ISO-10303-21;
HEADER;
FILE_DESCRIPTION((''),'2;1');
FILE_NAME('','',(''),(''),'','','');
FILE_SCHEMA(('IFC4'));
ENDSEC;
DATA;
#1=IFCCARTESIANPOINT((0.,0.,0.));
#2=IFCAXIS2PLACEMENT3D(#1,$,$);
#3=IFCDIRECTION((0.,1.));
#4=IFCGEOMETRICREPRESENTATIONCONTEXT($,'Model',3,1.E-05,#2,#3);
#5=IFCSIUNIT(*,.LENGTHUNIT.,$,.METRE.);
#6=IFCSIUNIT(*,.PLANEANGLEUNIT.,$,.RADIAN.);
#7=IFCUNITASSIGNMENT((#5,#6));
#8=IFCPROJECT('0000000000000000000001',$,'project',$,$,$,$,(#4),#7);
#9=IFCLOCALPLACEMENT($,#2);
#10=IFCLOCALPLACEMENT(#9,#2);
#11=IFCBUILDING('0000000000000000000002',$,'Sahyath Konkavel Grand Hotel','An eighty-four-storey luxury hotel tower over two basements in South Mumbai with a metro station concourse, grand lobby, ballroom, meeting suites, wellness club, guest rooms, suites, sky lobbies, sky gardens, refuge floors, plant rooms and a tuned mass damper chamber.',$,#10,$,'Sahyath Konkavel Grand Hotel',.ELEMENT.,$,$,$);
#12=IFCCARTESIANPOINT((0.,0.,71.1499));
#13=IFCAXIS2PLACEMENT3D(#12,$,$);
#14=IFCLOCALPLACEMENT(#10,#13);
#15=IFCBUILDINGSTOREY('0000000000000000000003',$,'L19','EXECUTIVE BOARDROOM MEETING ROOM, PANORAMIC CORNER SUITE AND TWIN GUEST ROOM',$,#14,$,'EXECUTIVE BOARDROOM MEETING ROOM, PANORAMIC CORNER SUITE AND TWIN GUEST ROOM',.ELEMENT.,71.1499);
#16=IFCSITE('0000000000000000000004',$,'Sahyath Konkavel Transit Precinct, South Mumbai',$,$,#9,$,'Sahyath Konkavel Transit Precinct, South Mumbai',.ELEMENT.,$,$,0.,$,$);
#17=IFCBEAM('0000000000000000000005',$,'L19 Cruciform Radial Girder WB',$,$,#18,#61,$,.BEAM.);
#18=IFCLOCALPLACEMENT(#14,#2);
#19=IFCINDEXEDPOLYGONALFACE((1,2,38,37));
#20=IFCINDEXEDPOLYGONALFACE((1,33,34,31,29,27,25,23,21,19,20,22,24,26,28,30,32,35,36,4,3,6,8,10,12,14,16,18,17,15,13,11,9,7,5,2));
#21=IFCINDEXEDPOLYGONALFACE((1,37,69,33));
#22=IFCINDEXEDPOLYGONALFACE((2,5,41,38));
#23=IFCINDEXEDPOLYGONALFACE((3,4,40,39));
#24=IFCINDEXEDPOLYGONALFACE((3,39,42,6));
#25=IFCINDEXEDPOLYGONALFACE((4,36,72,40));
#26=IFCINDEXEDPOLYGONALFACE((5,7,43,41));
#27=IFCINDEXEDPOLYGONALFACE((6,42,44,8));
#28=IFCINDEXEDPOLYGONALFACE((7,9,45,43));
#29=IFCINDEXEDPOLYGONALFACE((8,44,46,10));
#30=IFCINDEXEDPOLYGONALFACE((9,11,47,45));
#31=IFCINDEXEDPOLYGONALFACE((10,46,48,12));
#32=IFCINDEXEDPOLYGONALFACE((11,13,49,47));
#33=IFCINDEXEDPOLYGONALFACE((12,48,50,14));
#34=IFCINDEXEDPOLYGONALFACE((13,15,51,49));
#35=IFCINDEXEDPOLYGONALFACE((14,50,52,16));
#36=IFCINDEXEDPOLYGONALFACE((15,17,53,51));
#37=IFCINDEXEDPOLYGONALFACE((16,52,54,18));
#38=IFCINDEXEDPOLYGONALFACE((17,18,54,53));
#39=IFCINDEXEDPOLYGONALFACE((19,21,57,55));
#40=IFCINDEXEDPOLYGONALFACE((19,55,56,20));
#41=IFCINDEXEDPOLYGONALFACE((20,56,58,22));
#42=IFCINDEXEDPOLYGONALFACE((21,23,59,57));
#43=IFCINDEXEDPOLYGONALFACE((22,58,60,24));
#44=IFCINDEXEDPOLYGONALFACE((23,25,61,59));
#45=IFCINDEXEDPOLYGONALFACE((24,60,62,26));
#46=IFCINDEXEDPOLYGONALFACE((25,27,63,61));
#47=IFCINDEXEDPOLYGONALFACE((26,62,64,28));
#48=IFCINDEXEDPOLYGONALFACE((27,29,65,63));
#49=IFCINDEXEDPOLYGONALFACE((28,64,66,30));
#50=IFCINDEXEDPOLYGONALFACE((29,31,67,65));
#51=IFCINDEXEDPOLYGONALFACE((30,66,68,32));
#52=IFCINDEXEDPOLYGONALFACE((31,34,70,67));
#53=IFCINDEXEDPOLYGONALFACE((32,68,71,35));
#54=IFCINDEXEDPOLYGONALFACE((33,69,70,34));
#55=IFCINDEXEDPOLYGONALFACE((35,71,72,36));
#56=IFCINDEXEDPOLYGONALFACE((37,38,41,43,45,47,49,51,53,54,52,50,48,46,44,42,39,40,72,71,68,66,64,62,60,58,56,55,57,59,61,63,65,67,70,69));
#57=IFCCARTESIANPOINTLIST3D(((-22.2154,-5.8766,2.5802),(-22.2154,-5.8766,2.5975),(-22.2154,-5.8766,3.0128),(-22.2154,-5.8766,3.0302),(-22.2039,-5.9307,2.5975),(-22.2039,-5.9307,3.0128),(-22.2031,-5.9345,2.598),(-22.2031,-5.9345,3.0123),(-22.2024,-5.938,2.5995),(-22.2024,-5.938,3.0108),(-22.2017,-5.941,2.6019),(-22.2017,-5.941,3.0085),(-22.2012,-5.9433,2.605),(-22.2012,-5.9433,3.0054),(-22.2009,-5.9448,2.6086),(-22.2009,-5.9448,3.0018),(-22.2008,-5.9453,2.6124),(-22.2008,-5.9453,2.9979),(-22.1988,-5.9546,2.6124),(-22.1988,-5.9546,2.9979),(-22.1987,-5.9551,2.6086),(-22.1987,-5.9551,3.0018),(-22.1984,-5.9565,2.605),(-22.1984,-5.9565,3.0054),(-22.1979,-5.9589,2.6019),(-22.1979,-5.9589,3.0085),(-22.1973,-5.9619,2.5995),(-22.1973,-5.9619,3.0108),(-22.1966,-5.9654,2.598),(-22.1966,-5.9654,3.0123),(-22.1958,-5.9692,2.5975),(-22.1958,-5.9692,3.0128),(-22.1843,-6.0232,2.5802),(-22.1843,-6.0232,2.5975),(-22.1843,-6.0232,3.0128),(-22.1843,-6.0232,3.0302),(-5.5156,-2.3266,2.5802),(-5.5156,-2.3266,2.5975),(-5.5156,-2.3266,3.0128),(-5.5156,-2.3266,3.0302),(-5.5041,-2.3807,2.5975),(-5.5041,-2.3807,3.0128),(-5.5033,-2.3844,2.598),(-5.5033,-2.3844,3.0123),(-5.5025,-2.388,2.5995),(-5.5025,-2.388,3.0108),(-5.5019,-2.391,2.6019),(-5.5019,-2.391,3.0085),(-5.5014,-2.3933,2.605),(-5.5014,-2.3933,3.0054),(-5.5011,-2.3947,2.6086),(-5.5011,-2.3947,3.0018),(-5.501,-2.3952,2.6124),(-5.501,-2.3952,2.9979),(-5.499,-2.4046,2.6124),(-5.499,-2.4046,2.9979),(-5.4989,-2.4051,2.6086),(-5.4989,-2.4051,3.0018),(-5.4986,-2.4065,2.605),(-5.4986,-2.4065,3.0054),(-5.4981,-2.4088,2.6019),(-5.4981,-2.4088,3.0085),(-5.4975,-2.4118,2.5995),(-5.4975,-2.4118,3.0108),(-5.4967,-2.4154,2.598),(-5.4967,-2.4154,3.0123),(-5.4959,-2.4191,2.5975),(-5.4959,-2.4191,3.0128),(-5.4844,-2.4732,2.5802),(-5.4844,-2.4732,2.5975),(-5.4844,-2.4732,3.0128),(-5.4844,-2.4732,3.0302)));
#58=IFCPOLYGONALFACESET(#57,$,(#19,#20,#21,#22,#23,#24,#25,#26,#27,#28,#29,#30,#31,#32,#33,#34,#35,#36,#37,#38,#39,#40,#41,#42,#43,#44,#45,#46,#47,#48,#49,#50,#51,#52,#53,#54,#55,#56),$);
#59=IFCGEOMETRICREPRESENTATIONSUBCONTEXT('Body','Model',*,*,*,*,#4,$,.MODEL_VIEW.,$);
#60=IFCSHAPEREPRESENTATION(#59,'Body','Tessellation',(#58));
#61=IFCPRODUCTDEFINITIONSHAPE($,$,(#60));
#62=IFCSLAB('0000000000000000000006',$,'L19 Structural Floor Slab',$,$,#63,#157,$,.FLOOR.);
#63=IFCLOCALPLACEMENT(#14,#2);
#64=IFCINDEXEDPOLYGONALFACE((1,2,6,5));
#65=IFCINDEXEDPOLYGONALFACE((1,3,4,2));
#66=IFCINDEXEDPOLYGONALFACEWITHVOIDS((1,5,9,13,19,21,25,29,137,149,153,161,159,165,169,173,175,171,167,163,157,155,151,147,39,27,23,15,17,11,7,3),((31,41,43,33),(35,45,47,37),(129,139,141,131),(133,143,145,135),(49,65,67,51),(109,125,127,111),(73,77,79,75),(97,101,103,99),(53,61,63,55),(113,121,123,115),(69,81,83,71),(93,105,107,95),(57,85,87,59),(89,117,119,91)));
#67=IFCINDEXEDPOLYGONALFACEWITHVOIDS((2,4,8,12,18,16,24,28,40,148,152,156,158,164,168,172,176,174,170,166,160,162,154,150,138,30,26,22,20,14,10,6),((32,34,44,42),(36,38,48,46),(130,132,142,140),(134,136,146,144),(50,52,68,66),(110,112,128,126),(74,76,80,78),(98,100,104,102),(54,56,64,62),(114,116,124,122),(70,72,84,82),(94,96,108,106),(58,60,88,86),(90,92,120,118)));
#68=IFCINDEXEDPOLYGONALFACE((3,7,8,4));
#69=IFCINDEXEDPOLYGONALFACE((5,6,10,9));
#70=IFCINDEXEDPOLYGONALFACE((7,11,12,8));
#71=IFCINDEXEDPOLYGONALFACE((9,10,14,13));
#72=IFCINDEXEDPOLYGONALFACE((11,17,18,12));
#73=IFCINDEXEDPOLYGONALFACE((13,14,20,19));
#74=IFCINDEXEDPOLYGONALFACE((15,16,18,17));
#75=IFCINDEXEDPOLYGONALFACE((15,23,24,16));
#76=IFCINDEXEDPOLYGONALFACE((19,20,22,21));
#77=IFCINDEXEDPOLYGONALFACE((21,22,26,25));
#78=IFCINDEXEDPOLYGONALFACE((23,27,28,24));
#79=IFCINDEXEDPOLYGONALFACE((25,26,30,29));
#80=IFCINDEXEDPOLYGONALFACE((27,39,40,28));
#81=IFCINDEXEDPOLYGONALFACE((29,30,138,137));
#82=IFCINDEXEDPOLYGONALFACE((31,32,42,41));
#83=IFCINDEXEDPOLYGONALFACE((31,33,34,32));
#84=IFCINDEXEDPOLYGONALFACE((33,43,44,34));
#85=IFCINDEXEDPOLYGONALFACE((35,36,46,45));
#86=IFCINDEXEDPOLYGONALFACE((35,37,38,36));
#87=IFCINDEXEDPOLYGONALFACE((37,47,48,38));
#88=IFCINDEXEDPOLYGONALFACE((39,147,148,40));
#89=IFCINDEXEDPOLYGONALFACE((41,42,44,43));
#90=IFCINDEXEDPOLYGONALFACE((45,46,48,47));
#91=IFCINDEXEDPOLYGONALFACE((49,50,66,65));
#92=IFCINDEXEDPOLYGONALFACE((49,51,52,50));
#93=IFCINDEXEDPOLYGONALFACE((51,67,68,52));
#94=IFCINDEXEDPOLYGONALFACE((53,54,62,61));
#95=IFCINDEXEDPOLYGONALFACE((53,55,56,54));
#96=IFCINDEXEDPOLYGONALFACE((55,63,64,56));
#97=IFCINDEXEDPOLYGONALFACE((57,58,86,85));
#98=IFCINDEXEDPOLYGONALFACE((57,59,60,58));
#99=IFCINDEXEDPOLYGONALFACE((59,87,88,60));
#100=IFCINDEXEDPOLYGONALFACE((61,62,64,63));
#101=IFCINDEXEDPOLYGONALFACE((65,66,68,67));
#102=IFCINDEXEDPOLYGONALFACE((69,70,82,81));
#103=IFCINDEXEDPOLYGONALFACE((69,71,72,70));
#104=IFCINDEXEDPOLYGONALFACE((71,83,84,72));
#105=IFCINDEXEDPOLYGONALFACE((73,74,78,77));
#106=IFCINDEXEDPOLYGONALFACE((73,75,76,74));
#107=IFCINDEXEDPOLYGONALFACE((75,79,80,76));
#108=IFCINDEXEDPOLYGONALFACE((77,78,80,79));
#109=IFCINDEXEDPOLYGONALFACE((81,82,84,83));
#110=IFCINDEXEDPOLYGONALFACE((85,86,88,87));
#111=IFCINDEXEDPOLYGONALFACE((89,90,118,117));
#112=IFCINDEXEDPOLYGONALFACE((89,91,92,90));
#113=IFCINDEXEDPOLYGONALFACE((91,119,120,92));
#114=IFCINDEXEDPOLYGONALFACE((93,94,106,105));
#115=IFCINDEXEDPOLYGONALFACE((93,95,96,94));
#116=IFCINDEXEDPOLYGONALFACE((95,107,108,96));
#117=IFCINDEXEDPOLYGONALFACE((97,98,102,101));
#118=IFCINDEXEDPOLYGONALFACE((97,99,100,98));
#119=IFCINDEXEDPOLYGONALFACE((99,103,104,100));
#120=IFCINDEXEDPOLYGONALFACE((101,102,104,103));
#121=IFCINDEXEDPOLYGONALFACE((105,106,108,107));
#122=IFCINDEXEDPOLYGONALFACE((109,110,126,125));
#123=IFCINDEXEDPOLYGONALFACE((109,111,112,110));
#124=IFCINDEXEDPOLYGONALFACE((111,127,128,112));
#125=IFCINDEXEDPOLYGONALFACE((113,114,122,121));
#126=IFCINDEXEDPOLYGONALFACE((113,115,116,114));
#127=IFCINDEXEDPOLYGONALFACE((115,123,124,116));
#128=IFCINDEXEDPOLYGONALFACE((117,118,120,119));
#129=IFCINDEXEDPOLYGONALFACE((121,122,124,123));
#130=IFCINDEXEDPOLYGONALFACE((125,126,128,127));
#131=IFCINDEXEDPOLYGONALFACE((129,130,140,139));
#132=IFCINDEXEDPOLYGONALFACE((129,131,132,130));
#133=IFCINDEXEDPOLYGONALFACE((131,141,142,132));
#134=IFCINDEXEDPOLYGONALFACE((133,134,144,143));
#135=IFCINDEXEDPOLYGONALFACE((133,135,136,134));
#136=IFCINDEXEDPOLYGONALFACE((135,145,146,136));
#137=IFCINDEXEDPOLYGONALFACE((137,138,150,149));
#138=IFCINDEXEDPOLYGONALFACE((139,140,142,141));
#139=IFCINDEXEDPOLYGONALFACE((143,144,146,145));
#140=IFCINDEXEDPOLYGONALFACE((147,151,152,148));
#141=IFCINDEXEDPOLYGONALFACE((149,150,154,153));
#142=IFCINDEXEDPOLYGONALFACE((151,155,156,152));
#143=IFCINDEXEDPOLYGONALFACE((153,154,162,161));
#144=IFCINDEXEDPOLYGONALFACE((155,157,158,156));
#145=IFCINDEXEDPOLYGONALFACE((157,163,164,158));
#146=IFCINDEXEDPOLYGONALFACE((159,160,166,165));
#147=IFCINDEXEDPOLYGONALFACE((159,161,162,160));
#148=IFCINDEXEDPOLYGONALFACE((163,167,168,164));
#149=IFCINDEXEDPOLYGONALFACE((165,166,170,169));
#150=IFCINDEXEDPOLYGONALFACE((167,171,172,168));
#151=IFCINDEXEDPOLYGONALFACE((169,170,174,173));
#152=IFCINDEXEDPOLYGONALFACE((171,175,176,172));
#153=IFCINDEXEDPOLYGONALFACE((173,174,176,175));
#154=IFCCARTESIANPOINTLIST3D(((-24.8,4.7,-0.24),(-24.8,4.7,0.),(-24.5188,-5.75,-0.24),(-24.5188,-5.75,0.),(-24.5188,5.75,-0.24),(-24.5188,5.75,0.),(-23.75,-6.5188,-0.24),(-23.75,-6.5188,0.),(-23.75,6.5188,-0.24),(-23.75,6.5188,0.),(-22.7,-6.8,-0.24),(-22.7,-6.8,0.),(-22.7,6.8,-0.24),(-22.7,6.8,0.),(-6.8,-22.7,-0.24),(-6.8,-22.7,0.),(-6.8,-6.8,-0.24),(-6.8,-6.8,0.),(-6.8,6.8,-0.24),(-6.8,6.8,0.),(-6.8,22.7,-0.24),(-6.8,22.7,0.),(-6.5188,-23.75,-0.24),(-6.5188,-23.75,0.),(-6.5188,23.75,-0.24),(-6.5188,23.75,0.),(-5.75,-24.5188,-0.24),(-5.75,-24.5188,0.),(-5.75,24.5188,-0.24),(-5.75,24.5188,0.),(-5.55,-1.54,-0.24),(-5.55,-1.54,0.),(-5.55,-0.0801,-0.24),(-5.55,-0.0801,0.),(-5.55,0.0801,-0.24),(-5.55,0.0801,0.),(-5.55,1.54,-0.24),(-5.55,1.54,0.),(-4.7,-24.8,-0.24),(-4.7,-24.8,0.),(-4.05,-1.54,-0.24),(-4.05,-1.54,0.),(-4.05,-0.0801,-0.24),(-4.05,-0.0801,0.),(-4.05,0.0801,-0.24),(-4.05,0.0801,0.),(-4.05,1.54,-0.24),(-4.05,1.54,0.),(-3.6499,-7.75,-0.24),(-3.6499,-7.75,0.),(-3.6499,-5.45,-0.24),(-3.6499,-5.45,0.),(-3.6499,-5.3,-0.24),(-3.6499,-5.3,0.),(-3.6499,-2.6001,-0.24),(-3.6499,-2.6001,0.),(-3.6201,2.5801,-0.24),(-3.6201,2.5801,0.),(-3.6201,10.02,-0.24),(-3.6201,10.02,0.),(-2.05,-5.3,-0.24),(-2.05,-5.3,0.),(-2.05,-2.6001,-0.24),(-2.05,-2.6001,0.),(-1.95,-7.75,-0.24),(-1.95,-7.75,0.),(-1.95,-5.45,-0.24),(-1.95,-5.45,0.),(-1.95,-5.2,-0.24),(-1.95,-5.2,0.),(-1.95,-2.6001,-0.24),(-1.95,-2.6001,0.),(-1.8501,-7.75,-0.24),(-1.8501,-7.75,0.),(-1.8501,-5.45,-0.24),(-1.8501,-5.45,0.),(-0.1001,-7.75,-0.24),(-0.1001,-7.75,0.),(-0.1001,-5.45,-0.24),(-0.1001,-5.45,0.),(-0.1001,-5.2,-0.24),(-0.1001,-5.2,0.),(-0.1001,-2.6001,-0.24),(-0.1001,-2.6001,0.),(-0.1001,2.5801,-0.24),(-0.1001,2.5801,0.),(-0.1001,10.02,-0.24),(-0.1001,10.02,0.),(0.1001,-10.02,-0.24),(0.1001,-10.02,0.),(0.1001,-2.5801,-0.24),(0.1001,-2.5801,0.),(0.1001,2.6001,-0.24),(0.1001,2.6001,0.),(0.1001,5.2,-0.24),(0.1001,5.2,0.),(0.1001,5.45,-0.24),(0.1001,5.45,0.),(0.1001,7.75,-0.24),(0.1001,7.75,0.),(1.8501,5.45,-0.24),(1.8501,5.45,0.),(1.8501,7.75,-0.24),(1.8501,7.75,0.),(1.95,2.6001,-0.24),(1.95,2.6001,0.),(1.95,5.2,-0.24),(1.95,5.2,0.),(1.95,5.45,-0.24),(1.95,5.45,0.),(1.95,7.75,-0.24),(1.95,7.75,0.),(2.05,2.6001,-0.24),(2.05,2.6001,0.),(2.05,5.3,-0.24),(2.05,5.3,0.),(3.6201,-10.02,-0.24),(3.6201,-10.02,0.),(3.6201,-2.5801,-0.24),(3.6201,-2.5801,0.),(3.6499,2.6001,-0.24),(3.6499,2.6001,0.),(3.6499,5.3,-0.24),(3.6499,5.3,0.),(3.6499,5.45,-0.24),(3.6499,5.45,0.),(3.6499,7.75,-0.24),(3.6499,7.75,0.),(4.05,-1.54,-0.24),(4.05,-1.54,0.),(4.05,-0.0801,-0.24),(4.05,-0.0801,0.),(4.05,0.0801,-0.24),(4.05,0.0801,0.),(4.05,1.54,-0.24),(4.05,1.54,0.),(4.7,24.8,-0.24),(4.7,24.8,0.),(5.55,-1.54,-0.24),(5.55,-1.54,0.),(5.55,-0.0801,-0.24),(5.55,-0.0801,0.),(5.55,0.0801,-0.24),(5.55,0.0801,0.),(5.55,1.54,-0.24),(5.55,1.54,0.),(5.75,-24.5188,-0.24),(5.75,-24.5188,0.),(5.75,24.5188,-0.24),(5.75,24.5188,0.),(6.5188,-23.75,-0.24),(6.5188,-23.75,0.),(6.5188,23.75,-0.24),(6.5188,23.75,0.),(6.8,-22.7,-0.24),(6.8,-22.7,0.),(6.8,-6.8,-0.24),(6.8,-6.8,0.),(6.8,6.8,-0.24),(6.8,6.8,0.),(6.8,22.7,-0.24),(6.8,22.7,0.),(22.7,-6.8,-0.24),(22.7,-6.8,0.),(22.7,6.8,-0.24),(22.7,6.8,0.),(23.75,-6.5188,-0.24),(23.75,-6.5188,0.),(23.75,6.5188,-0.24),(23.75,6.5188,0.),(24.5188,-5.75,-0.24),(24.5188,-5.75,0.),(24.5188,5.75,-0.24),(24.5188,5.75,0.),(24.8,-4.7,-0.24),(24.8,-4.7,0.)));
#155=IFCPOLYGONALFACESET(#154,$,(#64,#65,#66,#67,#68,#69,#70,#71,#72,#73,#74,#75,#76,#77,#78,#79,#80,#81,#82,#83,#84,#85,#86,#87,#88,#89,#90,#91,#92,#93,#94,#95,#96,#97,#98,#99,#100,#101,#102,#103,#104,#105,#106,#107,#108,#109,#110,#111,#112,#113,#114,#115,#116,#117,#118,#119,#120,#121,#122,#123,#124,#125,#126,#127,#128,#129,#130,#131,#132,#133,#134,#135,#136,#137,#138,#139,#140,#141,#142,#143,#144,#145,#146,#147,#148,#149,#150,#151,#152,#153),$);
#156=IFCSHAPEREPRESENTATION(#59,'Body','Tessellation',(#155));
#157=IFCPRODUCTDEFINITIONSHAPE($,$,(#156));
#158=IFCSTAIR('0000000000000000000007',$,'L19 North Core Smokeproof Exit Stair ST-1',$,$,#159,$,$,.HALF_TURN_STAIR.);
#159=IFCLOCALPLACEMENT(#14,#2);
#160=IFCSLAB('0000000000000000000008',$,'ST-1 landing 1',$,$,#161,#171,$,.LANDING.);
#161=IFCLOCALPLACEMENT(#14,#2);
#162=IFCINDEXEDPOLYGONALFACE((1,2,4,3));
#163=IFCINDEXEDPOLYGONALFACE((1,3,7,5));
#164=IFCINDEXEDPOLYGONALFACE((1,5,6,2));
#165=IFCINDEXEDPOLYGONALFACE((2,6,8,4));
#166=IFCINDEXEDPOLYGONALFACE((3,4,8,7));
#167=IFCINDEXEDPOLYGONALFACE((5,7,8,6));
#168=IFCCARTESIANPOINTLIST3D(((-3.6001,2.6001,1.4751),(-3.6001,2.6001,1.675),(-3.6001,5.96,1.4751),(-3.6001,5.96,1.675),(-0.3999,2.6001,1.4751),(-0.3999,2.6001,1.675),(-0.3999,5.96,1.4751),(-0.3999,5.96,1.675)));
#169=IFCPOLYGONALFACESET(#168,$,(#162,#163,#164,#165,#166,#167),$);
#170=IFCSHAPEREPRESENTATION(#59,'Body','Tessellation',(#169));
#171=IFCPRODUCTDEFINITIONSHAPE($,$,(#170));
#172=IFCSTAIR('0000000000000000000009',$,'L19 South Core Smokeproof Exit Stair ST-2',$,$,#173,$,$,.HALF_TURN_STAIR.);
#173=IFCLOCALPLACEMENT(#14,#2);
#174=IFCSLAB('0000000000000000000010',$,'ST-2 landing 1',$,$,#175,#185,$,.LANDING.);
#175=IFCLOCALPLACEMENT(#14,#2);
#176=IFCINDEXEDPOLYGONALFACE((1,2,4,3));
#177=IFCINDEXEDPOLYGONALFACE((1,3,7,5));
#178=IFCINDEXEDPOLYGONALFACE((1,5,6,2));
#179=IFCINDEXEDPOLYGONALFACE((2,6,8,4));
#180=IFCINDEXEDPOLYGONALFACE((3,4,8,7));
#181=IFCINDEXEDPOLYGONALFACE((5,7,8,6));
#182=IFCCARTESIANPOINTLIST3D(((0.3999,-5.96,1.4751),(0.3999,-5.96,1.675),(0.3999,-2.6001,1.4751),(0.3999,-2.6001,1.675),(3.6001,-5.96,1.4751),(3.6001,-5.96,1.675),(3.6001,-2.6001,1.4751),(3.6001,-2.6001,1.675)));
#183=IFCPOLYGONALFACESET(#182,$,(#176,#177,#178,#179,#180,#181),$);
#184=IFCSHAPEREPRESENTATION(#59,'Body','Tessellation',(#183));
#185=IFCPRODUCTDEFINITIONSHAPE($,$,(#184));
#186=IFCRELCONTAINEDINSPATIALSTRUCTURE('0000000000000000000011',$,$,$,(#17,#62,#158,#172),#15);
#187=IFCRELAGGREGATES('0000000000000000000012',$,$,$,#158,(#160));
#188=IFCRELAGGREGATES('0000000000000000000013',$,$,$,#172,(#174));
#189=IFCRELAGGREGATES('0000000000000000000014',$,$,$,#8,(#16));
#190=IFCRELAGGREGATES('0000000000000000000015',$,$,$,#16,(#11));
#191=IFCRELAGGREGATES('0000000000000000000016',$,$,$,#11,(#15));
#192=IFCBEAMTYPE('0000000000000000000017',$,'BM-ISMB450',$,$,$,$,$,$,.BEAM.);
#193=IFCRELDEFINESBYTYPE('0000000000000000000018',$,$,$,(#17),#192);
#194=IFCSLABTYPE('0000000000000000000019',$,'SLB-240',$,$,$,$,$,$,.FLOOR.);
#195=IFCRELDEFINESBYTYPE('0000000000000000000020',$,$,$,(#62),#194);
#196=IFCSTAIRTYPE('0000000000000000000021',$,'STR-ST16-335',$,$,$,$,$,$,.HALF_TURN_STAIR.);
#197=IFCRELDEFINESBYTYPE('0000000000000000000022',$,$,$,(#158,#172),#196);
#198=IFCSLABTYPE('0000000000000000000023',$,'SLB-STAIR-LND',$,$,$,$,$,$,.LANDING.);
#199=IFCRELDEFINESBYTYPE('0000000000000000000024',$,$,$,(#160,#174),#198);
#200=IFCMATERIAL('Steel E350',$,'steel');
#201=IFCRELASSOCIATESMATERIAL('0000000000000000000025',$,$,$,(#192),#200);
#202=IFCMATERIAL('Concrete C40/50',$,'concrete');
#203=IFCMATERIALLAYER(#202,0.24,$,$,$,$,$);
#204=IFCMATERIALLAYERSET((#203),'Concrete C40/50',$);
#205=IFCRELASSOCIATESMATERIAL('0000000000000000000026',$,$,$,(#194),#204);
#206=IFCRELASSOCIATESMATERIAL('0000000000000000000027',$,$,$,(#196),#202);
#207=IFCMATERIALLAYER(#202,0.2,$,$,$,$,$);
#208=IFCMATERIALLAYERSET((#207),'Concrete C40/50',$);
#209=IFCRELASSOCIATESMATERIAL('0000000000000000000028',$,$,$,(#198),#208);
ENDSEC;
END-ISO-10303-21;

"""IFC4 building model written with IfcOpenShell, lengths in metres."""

from ifc_helpers import new_model, si_unit, direction, frame, origin, origin_2d, place, context, subcontext, project, spatial, polyline, i_section, outline, extrude, source, transform, mapped, material, layer, layer_set, material_profile, profile_set, type_object, element, aggregate, save


model = new_model("IFC4")

# Units and contexts
model_context = context("Model", 3, precision=1e-05, world=origin(), true_north=direction((0.0, 1.0)))
body_context = subcontext(model_context, "Body", "Model", "MODEL_VIEW")
ifc_project = project(units=[si_unit("LENGTHUNIT", "METRE"), si_unit("PLANEANGLEUNIT", "RADIAN")], contexts=[model_context])

# Site, building, storey
site_placement = place(None, origin())
site = spatial("IfcSite", under=ifc_project, at=site_placement, Name="Sahyath Konkavel Transit Precinct, South Mumbai", LongName="Sahyath Konkavel Transit Precinct, South Mumbai", CompositionType="ELEMENT", RefElevation=0.0)
building_placement = place(site_placement, origin())
building = spatial("IfcBuilding", under=site, at=building_placement, Name="Sahyath Konkavel Grand Hotel", Description="An eighty-four-storey luxury hotel tower over two basements in South Mumbai with a metro station concourse, grand lobby, ballroom, meeting suites, wellness club, guest rooms, suites, sky lobbies, sky gardens, refuge floors, plant rooms and a tuned mass damper chamber.", LongName="Sahyath Konkavel Grand Hotel", CompositionType="ELEMENT")
storey_placement = place(building_placement, frame((0.0, 0.0, 71.1499)))
storey = spatial("IfcBuildingStorey", under=building, at=storey_placement, Name="L19", Description="EXECUTIVE BOARDROOM MEETING ROOM, PANORAMIC CORNER SUITE AND TWIN GUEST ROOM", LongName="EXECUTIVE BOARDROOM MEETING ROOM, PANORAMIC CORNER SUITE AND TWIN GUEST ROOM", CompositionType="ELEMENT", Elevation=71.1499)

# Beam
ifc_material_1 = material(Name="Steel E350", Category="steel")
ifc_material_profile_1 = material_profile(ifc_material_1, i_section(OverallWidth=0.1499, OverallDepth=0.45, WebThickness=0.0095, FlangeThickness=0.0173, FilletRadius=0.0149, at=origin_2d()), Name="ISMB 450")
ifc_profile_set_1 = profile_set([ifc_material_profile_1], Name="Steel E350")
beam_type_1 = type_object("IfcBeamType", Name="BM-ISMB450", PredefinedType="BEAM", material=ifc_profile_set_1)
shared_shape_1 = source(origin(), body_context, "Body", "SweptSolid", [
    extrude(i_section(OverallWidth=0.1499, OverallDepth=0.45, WebThickness=0.0095, FlangeThickness=0.0173, FilletRadius=0.0149, at=origin_2d()), origin(), (0.0, 0.0, 1.0), 17.073),
])
beam_1_placement = place(storey_placement, frame((-5.5, -2.3999, 2.8052), z_axis=(-0.978143, -0.207932, 0.0), x_axis=(0.207932, -0.978143, 0.0)))
element("IfcBeam", 1, at=beam_1_placement, inside=storey, type_object=beam_type_1, Name="L19 Cruciform Radial Girder WB", PredefinedType="BEAM", context=body_context, shape_type="MappedRepresentation", body=[
    mapped(shared_shape_1, transform((0.0, 0.0, 0.0), scale=1.0)),
])

# Slab
ifc_material_2 = material(Name="Concrete C40/50", Category="concrete")
ifc_layer_1 = layer(ifc_material_2, 0.24)
ifc_layer_set_1 = layer_set([ifc_layer_1], Name="Concrete C40/50")
slab_type_1 = type_object("IfcSlabType", Name="SLB-240", PredefinedType="FLOOR", material=ifc_layer_set_1)
slab_1_placement = place(storey_placement, frame((0.0, 0.0, -0.24)))
element("IfcSlab", 2, at=slab_1_placement, inside=storey, type_object=slab_type_1, Name="L19 Structural Floor Slab", PredefinedType="FLOOR", context=body_context, shape_type="SweptSolid", body=[
    extrude(outline(polyline([(6.8, -6.8), (22.7, -6.8), (23.75, -6.5188), (24.5188, -5.75), (24.8, -4.7), (24.5188, 5.75), (23.75, 6.5188), (22.7, 6.8), (6.8, 6.8), (6.8, 22.7), (6.5188, 23.75), (5.75, 24.5188), (4.7, 24.8), (-5.75, 24.5188), (-6.5188, 23.75), (-6.8, 22.7), (-6.8, 6.8), (-22.7, 6.8), (-23.75, 6.5188), (-24.5188, 5.75), (-24.8, 4.7), (-24.5188, -5.75), (-23.75, -6.5188), (-22.7, -6.8), (-6.8, -6.8), (-6.8, -22.7), (-6.5188, -23.75), (-5.75, -24.5188), (-4.7, -24.8), (5.75, -24.5188), (6.5188, -23.75), (6.8, -22.7), (6.8, -6.8)]), holes=[polyline([(-3.6201, 2.5801), (-0.1001, 2.5801), (-0.1001, 10.02), (-3.6201, 10.02), (-3.6201, 2.5801)]), polyline([(0.1001, -10.02), (3.6201, -10.02), (3.6201, -2.5801), (0.1001, -2.5801), (0.1001, -10.02)]), polyline([(0.1001, 2.6001), (1.95, 2.6001), (1.95, 5.2), (0.1001, 5.2), (0.1001, 2.6001)]), polyline([(-1.95, -5.2), (-0.1001, -5.2), (-0.1001, -2.6001), (-1.95, -2.6001), (-1.95, -5.2)]), polyline([(2.05, 2.6001), (3.6499, 2.6001), (3.6499, 5.3), (2.05, 5.3), (2.05, 2.6001)]), polyline([(-3.6499, -5.3), (-2.05, -5.3), (-2.05, -2.6001), (-3.6499, -2.6001), (-3.6499, -5.3)]), polyline([(0.1001, 5.45), (1.8501, 5.45), (1.8501, 7.75), (0.1001, 7.75), (0.1001, 5.45)]), polyline([(1.95, 5.45), (3.6499, 5.45), (3.6499, 7.75), (1.95, 7.75), (1.95, 5.45)]), polyline([(-3.6499, -7.75), (-1.95, -7.75), (-1.95, -5.45), (-3.6499, -5.45), (-3.6499, -7.75)]), polyline([(-1.8501, -7.75), (-0.1001, -7.75), (-0.1001, -5.45), (-1.8501, -5.45), (-1.8501, -7.75)]), polyline([(4.05, 0.0801), (5.55, 0.0801), (5.55, 1.54), (4.05, 1.54), (4.05, 0.0801)]), polyline([(4.05, -1.54), (5.55, -1.54), (5.55, -0.0801), (4.05, -0.0801), (4.05, -1.54)]), polyline([(-5.55, 0.0801), (-4.05, 0.0801), (-4.05, 1.54), (-5.55, 1.54), (-5.55, 0.0801)]), polyline([(-5.55, -1.54), (-4.05, -1.54), (-4.05, -0.0801), (-5.55, -0.0801), (-5.55, -1.54)])]), origin(), (0.0, 0.0, 1.0), 0.24),
])

# Stairs, slabs
stair_type = type_object("IfcStairType", Name="STR-ST16-335", PredefinedType="HALF_TURN_STAIR", material=ifc_material_2)
stair_1_placement = place(storey_placement, origin())
stair_1 = element("IfcStair", 3, at=stair_1_placement, inside=storey, type_object=stair_type, Name="L19 North Core Smokeproof Exit Stair ST-1", PredefinedType="HALF_TURN_STAIR")
ifc_layer_2 = layer(ifc_material_2, 0.2)
ifc_layer_set_2 = layer_set([ifc_layer_2], Name="Concrete C40/50")
slab_type_2 = type_object("IfcSlabType", Name="SLB-STAIR-LND", PredefinedType="LANDING", material=ifc_layer_set_2)
slab_2_placement = place(storey_placement, frame((0.0, 0.0, 1.4751)))
slab_2 = element("IfcSlab", 4, at=slab_2_placement, type_object=slab_type_2, Name="ST-1 landing 1", PredefinedType="LANDING", context=body_context, shape_type="SweptSolid", body=[
    extrude(outline(polyline([(-3.6001, 5.96), (-3.6001, 2.6001), (-0.3999, 2.6001), (-0.3999, 5.96), (-3.6001, 5.96)])), origin(), (0.0, 0.0, 1.0), 0.2),
])
aggregate(stair_1, [slab_2])
stair_2_placement = place(storey_placement, origin())
stair_2 = element("IfcStair", 5, at=stair_2_placement, inside=storey, type_object=stair_type, Name="L19 South Core Smokeproof Exit Stair ST-2", PredefinedType="HALF_TURN_STAIR")
slab_3_placement = place(storey_placement, frame((0.0, 0.0, 1.4751)))
slab_3 = element("IfcSlab", 6, at=slab_3_placement, type_object=slab_type_2, Name="ST-2 landing 1", PredefinedType="LANDING", context=body_context, shape_type="SweptSolid", body=[
    extrude(outline(polyline([(3.6001, -5.96), (3.6001, -2.6001), (0.3999, -2.6001), (0.3999, -5.96), (3.6001, -5.96)])), origin(), (0.0, 0.0, 1.0), 0.2),
])
aggregate(stair_2, [slab_3])

save(model, "model.ifc")
